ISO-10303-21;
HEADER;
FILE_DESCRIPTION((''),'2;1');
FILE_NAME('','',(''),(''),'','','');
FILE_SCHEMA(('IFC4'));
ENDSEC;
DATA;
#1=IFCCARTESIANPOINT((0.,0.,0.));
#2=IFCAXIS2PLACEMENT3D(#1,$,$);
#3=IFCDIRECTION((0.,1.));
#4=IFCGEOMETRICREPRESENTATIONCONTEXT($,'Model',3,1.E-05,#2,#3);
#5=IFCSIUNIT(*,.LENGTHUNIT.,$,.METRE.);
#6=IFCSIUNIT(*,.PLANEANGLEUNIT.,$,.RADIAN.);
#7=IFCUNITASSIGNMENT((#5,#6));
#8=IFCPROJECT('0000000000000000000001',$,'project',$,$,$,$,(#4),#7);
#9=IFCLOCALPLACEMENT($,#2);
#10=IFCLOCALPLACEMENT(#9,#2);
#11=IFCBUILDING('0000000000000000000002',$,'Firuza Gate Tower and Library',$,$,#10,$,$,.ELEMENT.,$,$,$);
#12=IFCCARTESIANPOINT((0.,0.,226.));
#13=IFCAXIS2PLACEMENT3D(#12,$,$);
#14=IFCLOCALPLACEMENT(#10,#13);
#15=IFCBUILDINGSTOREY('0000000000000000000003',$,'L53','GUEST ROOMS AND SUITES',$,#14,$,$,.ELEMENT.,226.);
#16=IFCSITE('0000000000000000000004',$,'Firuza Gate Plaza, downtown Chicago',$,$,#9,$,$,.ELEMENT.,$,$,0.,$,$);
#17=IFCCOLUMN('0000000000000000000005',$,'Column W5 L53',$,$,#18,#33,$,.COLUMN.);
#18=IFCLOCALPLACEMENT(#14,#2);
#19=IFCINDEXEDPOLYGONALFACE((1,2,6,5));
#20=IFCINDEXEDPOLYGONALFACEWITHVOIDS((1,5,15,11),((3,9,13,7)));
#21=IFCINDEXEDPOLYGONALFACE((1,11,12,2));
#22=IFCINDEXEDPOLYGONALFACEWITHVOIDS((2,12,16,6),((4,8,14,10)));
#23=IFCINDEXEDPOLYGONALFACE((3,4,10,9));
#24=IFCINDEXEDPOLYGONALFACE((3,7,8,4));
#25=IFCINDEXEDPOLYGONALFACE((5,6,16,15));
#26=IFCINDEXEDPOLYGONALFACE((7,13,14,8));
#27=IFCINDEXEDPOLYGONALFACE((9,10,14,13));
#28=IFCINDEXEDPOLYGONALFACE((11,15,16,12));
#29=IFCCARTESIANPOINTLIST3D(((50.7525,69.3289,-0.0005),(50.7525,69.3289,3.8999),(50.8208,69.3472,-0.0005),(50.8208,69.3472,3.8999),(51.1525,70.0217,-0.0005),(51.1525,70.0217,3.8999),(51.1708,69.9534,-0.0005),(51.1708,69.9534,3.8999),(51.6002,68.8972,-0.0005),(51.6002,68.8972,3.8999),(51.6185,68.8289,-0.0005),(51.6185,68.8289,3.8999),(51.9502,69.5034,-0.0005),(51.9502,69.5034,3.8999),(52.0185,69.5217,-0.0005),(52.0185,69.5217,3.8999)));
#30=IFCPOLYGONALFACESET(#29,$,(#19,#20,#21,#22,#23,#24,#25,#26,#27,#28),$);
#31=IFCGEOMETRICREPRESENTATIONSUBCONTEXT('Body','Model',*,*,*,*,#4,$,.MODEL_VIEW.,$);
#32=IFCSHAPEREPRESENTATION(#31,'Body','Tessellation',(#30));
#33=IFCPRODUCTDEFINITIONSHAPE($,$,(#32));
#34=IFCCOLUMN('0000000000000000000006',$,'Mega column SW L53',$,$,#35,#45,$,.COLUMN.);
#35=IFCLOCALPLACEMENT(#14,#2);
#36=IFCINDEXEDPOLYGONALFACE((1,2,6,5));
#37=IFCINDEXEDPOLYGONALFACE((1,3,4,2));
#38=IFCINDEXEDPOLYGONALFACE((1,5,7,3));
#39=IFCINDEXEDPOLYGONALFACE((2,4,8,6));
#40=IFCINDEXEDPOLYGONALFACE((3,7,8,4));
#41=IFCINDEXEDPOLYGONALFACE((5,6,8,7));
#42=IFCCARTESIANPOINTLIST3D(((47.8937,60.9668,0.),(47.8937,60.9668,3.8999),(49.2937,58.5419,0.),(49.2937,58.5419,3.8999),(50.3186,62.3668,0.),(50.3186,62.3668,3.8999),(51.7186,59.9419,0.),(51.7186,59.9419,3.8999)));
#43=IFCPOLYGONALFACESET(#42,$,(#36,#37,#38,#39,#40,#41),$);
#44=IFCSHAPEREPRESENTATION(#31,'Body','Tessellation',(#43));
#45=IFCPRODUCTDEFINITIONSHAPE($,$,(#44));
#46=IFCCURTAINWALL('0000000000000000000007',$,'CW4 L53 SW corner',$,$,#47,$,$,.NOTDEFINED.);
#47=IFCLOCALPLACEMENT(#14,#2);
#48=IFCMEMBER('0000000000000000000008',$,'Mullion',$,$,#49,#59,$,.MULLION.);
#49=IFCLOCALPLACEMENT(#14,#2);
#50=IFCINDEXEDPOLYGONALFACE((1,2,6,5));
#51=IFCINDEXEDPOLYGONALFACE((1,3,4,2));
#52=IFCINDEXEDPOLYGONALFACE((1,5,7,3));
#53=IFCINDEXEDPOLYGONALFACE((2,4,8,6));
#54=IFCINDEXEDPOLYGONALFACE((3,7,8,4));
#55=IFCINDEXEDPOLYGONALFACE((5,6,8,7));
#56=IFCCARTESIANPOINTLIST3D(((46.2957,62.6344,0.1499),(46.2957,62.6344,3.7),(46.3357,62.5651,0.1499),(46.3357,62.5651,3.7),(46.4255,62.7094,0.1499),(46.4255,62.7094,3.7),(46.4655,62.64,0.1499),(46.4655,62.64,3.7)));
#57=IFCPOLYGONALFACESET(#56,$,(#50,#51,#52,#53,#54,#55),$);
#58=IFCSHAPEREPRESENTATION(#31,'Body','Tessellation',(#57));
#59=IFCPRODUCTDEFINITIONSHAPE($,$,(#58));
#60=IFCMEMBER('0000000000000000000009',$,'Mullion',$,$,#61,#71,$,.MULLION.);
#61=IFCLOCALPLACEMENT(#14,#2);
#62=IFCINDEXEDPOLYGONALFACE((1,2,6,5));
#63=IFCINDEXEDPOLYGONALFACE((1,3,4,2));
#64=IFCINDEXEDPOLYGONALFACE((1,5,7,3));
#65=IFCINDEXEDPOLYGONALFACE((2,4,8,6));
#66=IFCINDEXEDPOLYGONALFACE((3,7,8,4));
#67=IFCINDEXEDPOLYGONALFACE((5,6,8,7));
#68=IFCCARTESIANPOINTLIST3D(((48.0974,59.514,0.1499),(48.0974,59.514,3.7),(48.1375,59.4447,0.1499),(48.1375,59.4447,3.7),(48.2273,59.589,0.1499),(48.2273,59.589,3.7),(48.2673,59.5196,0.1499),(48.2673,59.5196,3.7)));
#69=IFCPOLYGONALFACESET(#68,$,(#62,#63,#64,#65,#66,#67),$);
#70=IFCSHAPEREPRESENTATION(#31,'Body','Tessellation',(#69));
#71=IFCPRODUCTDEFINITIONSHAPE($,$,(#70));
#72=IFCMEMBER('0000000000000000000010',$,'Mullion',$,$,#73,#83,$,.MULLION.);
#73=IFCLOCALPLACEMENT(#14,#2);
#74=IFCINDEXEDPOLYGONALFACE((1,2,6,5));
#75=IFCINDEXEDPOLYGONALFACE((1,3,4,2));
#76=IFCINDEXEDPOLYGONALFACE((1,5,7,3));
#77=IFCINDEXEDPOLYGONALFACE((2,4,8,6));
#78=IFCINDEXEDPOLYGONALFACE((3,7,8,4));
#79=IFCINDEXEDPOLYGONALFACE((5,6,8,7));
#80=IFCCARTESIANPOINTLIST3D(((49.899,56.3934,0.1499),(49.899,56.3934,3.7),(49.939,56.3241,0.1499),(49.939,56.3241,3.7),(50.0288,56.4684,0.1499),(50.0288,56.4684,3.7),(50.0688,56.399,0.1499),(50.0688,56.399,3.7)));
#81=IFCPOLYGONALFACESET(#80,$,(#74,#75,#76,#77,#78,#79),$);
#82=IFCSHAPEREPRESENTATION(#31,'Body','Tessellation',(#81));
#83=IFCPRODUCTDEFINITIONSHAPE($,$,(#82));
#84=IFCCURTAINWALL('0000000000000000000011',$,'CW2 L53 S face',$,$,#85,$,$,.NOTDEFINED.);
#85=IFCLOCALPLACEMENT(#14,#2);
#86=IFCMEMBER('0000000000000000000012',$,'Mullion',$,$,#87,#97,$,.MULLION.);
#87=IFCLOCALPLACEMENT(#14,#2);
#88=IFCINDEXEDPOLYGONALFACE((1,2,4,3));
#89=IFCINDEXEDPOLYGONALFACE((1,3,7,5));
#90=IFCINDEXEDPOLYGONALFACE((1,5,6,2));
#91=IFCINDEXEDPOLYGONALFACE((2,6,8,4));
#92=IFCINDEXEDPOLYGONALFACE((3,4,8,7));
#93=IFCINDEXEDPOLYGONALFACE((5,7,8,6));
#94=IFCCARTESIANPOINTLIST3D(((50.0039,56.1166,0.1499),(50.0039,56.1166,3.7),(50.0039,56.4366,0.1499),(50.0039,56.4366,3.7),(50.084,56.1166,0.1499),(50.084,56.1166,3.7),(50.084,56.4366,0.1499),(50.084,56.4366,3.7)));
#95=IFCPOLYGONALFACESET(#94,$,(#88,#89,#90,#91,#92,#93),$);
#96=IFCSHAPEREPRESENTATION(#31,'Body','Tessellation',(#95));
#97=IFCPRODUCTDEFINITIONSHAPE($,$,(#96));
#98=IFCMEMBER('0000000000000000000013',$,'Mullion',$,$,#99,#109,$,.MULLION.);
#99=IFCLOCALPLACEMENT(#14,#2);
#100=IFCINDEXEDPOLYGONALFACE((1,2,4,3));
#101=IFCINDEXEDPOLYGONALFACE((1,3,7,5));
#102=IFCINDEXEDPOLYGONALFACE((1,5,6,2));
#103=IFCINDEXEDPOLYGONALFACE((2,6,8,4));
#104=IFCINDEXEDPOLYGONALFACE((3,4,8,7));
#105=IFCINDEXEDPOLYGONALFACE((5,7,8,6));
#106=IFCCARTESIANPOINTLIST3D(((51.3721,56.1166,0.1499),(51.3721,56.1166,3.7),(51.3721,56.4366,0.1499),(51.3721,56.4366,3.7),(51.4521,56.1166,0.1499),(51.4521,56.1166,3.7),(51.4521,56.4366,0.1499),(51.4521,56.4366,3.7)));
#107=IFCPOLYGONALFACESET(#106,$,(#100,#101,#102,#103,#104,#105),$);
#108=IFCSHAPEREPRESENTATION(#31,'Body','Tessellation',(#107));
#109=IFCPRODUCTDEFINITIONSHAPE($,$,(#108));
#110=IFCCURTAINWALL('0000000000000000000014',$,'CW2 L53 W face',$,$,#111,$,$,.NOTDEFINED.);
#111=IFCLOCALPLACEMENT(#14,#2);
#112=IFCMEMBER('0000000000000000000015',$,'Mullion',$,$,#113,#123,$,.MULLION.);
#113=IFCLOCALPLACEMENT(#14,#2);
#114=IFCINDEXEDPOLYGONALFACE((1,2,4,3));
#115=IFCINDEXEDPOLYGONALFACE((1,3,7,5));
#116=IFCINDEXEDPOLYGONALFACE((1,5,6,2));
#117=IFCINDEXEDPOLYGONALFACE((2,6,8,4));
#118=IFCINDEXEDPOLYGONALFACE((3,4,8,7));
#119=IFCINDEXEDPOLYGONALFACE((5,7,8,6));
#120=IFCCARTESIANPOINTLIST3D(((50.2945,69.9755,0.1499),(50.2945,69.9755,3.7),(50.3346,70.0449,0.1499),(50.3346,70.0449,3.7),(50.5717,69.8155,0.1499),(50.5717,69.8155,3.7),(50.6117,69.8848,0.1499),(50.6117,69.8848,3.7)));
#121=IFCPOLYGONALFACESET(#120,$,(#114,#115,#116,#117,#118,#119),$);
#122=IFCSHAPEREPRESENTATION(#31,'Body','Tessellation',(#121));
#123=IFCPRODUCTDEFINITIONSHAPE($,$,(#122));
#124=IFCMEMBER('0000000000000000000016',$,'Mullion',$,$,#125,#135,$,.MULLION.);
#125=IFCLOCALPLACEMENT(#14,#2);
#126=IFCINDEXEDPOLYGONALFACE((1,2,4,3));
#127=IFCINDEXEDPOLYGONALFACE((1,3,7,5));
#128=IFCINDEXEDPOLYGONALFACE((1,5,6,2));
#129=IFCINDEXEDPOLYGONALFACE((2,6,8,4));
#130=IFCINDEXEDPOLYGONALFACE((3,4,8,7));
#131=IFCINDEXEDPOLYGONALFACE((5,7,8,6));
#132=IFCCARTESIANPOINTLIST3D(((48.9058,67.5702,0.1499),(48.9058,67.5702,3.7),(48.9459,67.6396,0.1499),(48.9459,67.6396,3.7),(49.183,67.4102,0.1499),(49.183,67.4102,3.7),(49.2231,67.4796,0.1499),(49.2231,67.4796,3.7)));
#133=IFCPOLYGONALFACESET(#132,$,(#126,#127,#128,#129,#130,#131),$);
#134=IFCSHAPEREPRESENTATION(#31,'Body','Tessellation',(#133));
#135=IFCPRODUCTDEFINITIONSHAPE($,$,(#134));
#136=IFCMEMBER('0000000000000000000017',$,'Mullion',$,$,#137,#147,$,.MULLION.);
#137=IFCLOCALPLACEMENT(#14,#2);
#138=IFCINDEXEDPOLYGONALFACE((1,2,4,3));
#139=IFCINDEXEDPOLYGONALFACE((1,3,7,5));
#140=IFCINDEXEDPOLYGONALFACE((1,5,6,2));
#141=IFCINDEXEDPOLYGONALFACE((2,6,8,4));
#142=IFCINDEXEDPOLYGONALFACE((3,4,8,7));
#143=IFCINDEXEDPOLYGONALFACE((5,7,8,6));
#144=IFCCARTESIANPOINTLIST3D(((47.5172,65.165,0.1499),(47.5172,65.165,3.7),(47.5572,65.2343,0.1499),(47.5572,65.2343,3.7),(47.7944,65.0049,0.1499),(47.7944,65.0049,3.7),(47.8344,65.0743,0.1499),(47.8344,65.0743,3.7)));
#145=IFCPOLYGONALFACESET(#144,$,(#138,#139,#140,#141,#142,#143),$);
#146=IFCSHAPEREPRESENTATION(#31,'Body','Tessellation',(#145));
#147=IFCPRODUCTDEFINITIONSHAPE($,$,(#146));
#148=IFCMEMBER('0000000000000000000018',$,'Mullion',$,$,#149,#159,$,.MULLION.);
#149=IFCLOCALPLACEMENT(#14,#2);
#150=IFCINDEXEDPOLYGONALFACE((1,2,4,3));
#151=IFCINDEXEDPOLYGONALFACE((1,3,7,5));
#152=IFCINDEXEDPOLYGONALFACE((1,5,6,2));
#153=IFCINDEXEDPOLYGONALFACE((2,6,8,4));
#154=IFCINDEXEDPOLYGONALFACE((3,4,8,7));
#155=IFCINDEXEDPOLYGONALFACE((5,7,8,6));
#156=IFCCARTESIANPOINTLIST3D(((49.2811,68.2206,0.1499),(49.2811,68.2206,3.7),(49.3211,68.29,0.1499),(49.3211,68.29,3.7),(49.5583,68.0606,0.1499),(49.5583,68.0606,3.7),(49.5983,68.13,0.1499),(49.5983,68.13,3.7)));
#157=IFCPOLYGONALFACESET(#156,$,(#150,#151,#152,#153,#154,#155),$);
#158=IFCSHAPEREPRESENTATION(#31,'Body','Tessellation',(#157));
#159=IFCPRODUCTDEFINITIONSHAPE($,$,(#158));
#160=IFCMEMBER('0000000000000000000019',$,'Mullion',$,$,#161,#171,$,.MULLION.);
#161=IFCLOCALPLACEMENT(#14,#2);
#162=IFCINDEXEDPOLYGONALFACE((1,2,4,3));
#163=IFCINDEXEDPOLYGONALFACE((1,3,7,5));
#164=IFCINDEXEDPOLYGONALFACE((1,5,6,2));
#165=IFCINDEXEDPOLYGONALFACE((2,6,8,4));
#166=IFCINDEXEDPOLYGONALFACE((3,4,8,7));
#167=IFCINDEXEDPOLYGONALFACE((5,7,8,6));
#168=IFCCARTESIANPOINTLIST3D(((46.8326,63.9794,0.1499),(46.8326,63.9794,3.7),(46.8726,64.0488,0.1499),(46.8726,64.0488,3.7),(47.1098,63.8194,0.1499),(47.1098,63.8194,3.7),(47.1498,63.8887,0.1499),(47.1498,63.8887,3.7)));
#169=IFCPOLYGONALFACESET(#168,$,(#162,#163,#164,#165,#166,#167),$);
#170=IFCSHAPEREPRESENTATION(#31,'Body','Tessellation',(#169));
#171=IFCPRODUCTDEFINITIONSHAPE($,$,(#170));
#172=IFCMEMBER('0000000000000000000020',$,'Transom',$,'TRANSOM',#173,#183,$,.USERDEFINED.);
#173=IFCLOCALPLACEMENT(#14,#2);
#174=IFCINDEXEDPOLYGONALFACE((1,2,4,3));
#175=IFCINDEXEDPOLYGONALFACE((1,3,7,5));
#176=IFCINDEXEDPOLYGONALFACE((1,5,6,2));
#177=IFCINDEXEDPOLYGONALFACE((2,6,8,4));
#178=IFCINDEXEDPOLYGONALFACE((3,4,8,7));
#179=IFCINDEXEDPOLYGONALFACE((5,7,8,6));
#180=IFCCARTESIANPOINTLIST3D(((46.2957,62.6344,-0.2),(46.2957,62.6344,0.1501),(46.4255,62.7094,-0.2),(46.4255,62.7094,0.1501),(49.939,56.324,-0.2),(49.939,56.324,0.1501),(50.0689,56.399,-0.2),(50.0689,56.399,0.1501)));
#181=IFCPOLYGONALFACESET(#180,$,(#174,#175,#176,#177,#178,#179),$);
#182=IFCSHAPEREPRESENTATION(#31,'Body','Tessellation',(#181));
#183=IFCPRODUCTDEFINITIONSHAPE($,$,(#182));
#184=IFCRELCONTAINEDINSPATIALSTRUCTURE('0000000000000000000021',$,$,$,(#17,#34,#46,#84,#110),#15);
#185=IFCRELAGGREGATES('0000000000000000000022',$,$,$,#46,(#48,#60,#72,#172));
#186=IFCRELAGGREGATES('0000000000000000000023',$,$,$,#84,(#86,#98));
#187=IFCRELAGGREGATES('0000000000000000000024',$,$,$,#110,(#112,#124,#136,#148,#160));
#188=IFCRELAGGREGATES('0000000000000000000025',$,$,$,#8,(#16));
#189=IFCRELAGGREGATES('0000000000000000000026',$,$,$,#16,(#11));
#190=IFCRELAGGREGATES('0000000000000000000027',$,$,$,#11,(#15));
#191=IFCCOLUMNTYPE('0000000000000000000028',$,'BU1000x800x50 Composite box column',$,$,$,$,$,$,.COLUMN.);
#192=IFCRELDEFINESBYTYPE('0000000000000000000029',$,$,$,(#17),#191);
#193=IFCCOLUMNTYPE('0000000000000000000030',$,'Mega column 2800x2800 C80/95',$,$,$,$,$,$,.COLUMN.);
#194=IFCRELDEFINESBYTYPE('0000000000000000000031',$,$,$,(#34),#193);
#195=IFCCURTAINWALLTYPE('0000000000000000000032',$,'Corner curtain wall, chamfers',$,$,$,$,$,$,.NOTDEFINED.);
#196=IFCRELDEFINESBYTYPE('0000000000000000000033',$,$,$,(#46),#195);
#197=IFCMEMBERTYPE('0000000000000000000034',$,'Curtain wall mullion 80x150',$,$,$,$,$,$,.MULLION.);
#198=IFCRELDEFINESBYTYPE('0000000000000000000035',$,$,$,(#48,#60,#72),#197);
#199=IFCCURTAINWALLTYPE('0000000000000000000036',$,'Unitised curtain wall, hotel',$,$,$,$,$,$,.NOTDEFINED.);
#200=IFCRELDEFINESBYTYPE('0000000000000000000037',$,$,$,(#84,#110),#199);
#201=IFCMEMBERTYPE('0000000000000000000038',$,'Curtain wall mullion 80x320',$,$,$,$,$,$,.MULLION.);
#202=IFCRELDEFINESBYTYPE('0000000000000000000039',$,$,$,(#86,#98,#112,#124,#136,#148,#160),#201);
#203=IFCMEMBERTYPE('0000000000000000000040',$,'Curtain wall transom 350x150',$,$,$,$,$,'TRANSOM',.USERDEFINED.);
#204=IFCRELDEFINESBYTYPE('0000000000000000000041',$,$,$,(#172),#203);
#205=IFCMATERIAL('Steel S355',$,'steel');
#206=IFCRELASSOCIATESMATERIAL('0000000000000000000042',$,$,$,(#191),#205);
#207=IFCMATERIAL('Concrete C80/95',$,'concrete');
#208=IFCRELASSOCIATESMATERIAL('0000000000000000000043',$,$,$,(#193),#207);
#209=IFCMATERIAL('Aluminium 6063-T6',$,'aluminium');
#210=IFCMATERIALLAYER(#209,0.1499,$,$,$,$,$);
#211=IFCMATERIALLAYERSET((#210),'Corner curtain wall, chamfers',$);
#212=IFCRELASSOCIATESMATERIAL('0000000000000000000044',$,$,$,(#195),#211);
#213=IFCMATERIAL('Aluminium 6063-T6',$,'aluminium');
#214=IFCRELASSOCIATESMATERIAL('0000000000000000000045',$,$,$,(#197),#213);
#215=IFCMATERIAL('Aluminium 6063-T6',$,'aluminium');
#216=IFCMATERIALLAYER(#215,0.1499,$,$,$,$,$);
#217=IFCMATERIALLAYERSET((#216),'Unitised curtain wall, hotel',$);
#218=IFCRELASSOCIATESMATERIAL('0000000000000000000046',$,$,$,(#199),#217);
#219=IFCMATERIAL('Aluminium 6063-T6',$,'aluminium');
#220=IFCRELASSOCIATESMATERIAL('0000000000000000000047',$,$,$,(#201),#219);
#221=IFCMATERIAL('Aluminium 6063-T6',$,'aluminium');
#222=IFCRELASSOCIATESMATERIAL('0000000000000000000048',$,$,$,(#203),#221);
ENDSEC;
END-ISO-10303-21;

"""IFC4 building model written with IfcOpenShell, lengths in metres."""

from ifc_helpers import new_model, si_unit, direction, frame, origin, origin_2d, place, context, subcontext, project, spatial, rectangle, hollow_rectangle, extrude, material, layer, layer_set, material_profile, profile_set, type_object, element, aggregate, save


model = new_model("IFC4")

# Units and contexts
model_context = context("Model", 3, precision=1e-05, world=origin(), true_north=direction((0.0, 1.0)))
body_context = subcontext(model_context, "Body", "Model", "MODEL_VIEW")
ifc_project = project(units=[si_unit("LENGTHUNIT", "METRE"), si_unit("PLANEANGLEUNIT", "RADIAN")], contexts=[model_context])

# Site, building, storey
site_placement = place(None, origin())
site = spatial("IfcSite", under=ifc_project, at=site_placement, Name="Firuza Gate Plaza, downtown Chicago", CompositionType="ELEMENT", RefElevation=0.0)
building_placement = place(site_placement, origin())
building = spatial("IfcBuilding", under=site, at=building_placement, Name="Firuza Gate Tower and Library", CompositionType="ELEMENT")
storey_placement = place(building_placement, frame((0.0, 0.0, 226.0)))
storey = spatial("IfcBuildingStorey", under=building, at=storey_placement, Name="L53", Description="GUEST ROOMS AND SUITES", CompositionType="ELEMENT", Elevation=226.0)

# Columns
ifc_material_1 = material(Name="Steel S355", Category="steel")
ifc_material_profile_1 = material_profile(ifc_material_1, hollow_rectangle(XDim=0.8, YDim=1.0, WallThickness=0.05, at=origin_2d()))
ifc_profile_set_1 = profile_set([ifc_material_profile_1], Name="Steel S355")
column_type_1 = type_object("IfcColumnType", Name="BU1000x800x50 Composite box column", PredefinedType="COLUMN", material=ifc_profile_set_1)
column_1_placement = place(storey_placement, frame((51.3855, 69.4253, -0.0005), z_axis=(0.0, 0.0, 1.0), x_axis=(-0.5, -0.866025, 0.0)))
element("IfcColumn", 1, at=column_1_placement, inside=storey, type_object=column_type_1, Name="Column W5 L53", PredefinedType="COLUMN", context=body_context, shape_type="SweptSolid", body=[
    extrude(hollow_rectangle(XDim=0.8, YDim=1.0, WallThickness=0.05, at=origin_2d()), origin(), (0.0, 0.0, 1.0), 3.9004),
])
ifc_material_2 = material(Name="Concrete C80/95", Category="concrete")
ifc_material_profile_2 = material_profile(ifc_material_2, rectangle(XDim=2.8, YDim=2.8, at=origin_2d()))
ifc_profile_set_2 = profile_set([ifc_material_profile_2], Name="Concrete C80/95")
column_type_2 = type_object("IfcColumnType", Name="Mega column 2800x2800 C80/95", PredefinedType="COLUMN", material=ifc_profile_set_2)
column_2_placement = place(storey_placement, frame((49.8062, 60.4543, 0.0), z_axis=(0.0, 0.0, 1.0), x_axis=(0.5, -0.866025, 0.0)))
element("IfcColumn", 2, at=column_2_placement, inside=storey, type_object=column_type_2, Name="Mega column SW L53", PredefinedType="COLUMN", context=body_context, shape_type="SweptSolid", body=[
    extrude(rectangle(XDim=2.8, YDim=2.8, at=origin_2d()), origin(), (0.0, 0.0, 1.0), 3.8999),
])

# Curtain walls, members
ifc_material_3 = material(Name="Aluminium 6063-T6", Category="aluminium")
ifc_layer_1 = layer(ifc_material_3, 0.1499)
ifc_layer_set_1 = layer_set([ifc_layer_1], Name="Corner curtain wall, chamfers")
curtain_wall_type_1 = type_object("IfcCurtainWallType", Name="Corner curtain wall, chamfers", PredefinedType="NOTDEFINED", material=ifc_layer_set_1)
placement = place(storey_placement, origin())
curtain_wall_1 = element("IfcCurtainWall", 3, at=placement, inside=storey, type_object=curtain_wall_type_1, Name="CW4 L53 SW corner", PredefinedType="NOTDEFINED")
ifc_material_4 = material(Name="Aluminium 6063-T6", Category="aluminium")
ifc_material_profile_3 = material_profile(ifc_material_4, rectangle(XDim=0.1499, YDim=0.0801, at=origin_2d()))
ifc_profile_set_3 = profile_set([ifc_material_profile_3], Name="Aluminium 6063-T6")
member_type_1 = type_object("IfcMemberType", Name="Curtain wall mullion 80x150", PredefinedType="MULLION", material=ifc_profile_set_3)
member_1_placement = place(storey_placement, frame((46.3806, 62.6372, 0.1499), z_axis=(0.0, 0.0, 1.0), x_axis=(0.866025, 0.5, 0.0)))
member_1 = element("IfcMember", 4, at=member_1_placement, type_object=member_type_1, Name="Mullion", PredefinedType="MULLION", context=body_context, shape_type="SweptSolid", body=[
    extrude(rectangle(XDim=0.1499, YDim=0.0801, at=origin_2d()), origin(), (0.0, 0.0, 1.0), 3.55),
])
member_2_placement = place(storey_placement, frame((48.1824, 59.5168, 0.1499), z_axis=(0.0, 0.0, 1.0), x_axis=(0.866025, 0.5, 0.0)))
member_2 = element("IfcMember", 5, at=member_2_placement, type_object=member_type_1, Name="Mullion", PredefinedType="MULLION", context=body_context, shape_type="SweptSolid", body=[
    extrude(rectangle(XDim=0.1499, YDim=0.0801, at=origin_2d()), origin(), (0.0, 0.0, 1.0), 3.55),
])
member_3_placement = place(storey_placement, frame((49.9839, 56.3962, 0.1499), z_axis=(0.0, 0.0, 1.0), x_axis=(0.866025, 0.5, 0.0)))
member_3 = element("IfcMember", 6, at=member_3_placement, type_object=member_type_1, Name="Mullion", PredefinedType="MULLION", context=body_context, shape_type="SweptSolid", body=[
    extrude(rectangle(XDim=0.1499, YDim=0.0801, at=origin_2d()), origin(), (0.0, 0.0, 1.0), 3.55),
])
ifc_material_5 = material(Name="Aluminium 6063-T6", Category="aluminium")
ifc_layer_2 = layer(ifc_material_5, 0.1499)
ifc_layer_set_2 = layer_set([ifc_layer_2], Name="Unitised curtain wall, hotel")
curtain_wall_type_2 = type_object("IfcCurtainWallType", Name="Unitised curtain wall, hotel", PredefinedType="NOTDEFINED", material=ifc_layer_set_2)
curtain_wall_2 = element("IfcCurtainWall", 7, at=placement, inside=storey, type_object=curtain_wall_type_2, Name="CW2 L53 S face", PredefinedType="NOTDEFINED")
ifc_material_6 = material(Name="Aluminium 6063-T6", Category="aluminium")
ifc_material_profile_4 = material_profile(ifc_material_6, rectangle(XDim=0.3201, YDim=0.0801, at=origin_2d()))
ifc_profile_set_4 = profile_set([ifc_material_profile_4], Name="Aluminium 6063-T6")
member_type_2 = type_object("IfcMemberType", Name="Curtain wall mullion 80x320", PredefinedType="MULLION", material=ifc_profile_set_4)
member_4_placement = place(storey_placement, frame((50.0439, 56.2766, 0.1499), z_axis=(0.0, 0.0, 1.0), x_axis=(0.0, 1.0, 0.0)))
member_4 = element("IfcMember", 8, at=member_4_placement, type_object=member_type_2, Name="Mullion", PredefinedType="MULLION", context=body_context, shape_type="SweptSolid", body=[
    extrude(rectangle(XDim=0.3201, YDim=0.0801, at=origin_2d()), origin(), (0.0, 0.0, 1.0), 3.55),
])
member_5_placement = place(storey_placement, frame((51.4121, 56.2766, 0.1499), z_axis=(0.0, 0.0, 1.0), x_axis=(0.0, 1.0, 0.0)))
member_5 = element("IfcMember", 9, at=member_5_placement, type_object=member_type_2, Name="Mullion", PredefinedType="MULLION", context=body_context, shape_type="SweptSolid", body=[
    extrude(rectangle(XDim=0.3201, YDim=0.0801, at=origin_2d()), origin(), (0.0, 0.0, 1.0), 3.55),
])
curtain_wall_3 = element("IfcCurtainWall", 10, at=placement, inside=storey, type_object=curtain_wall_type_2, Name="CW2 L53 W face", PredefinedType="NOTDEFINED")
member_6_placement = place(storey_placement, frame((50.4531, 69.9302, 0.1499), z_axis=(0.0, 0.0, 1.0), x_axis=(0.866025, -0.5, 0.0)))
member_6 = element("IfcMember", 11, at=member_6_placement, type_object=member_type_2, Name="Mullion", PredefinedType="MULLION", context=body_context, shape_type="SweptSolid", body=[
    extrude(rectangle(XDim=0.3201, YDim=0.0801, at=origin_2d()), origin(), (0.0, 0.0, 1.0), 3.55),
])
member_7_placement = place(storey_placement, frame((49.0645, 67.5249, 0.1499), z_axis=(0.0, 0.0, 1.0), x_axis=(0.866025, -0.5, 0.0)))
member_7 = element("IfcMember", 12, at=member_7_placement, type_object=member_type_2, Name="Mullion", PredefinedType="MULLION", context=body_context, shape_type="SweptSolid", body=[
    extrude(rectangle(XDim=0.3201, YDim=0.0801, at=origin_2d()), origin(), (0.0, 0.0, 1.0), 3.55),
])
member_8_placement = place(storey_placement, frame((47.6758, 65.1196, 0.1499), z_axis=(0.0, 0.0, 1.0), x_axis=(0.866025, -0.5, 0.0)))
member_8 = element("IfcMember", 13, at=member_8_placement, type_object=member_type_2, Name="Mullion", PredefinedType="MULLION", context=body_context, shape_type="SweptSolid", body=[
    extrude(rectangle(XDim=0.3201, YDim=0.0801, at=origin_2d()), origin(), (0.0, 0.0, 1.0), 3.55),
])
member_9_placement = place(storey_placement, frame((49.4397, 68.1753, 0.1499), z_axis=(0.0, 0.0, 1.0), x_axis=(0.866025, -0.5, 0.0)))
member_9 = element("IfcMember", 14, at=member_9_placement, type_object=member_type_2, Name="Mullion", PredefinedType="MULLION", context=body_context, shape_type="SweptSolid", body=[
    extrude(rectangle(XDim=0.3201, YDim=0.0801, at=origin_2d()), origin(), (0.0, 0.0, 1.0), 3.55),
])
member_10_placement = place(storey_placement, frame((46.9912, 63.9341, 0.1499), z_axis=(0.0, 0.0, 1.0), x_axis=(0.866025, -0.5, 0.0)))
member_10 = element("IfcMember", 15, at=member_10_placement, type_object=member_type_2, Name="Mullion", PredefinedType="MULLION", context=body_context, shape_type="SweptSolid", body=[
    extrude(rectangle(XDim=0.3201, YDim=0.0801, at=origin_2d()), origin(), (0.0, 0.0, 1.0), 3.55),
])

# Member
ifc_material_7 = material(Name="Aluminium 6063-T6", Category="aluminium")
ifc_material_profile_5 = material_profile(ifc_material_7, rectangle(XDim=0.1499, YDim=0.3501, at=origin_2d()))
ifc_profile_set_5 = profile_set([ifc_material_profile_5], Name="Aluminium 6063-T6")
member_type_3 = type_object("IfcMemberType", Name="Curtain wall transom 350x150", ElementType="TRANSOM", PredefinedType="USERDEFINED", material=ifc_profile_set_5)
member_11_placement = place(storey_placement, frame((46.3606, 62.6719, -0.0249), z_axis=(0.500006, -0.866022, 0.0), x_axis=(0.866022, 0.500006, 0.0)))
member_11 = element("IfcMember", 16, at=member_11_placement, type_object=member_type_3, Name="Transom", ObjectType="TRANSOM", PredefinedType="USERDEFINED", context=body_context, shape_type="SweptSolid", body=[
    extrude(rectangle(XDim=0.1499, YDim=0.3501, at=origin_2d()), origin(), (0.0, 0.0, 1.0), 7.2866),
])

aggregate(curtain_wall_1, [member_1, member_2, member_3, member_11])
aggregate(curtain_wall_2, [member_4, member_5])
aggregate(curtain_wall_3, [member_6, member_7, member_8, member_9, member_10])

save(model, "model.ifc")
